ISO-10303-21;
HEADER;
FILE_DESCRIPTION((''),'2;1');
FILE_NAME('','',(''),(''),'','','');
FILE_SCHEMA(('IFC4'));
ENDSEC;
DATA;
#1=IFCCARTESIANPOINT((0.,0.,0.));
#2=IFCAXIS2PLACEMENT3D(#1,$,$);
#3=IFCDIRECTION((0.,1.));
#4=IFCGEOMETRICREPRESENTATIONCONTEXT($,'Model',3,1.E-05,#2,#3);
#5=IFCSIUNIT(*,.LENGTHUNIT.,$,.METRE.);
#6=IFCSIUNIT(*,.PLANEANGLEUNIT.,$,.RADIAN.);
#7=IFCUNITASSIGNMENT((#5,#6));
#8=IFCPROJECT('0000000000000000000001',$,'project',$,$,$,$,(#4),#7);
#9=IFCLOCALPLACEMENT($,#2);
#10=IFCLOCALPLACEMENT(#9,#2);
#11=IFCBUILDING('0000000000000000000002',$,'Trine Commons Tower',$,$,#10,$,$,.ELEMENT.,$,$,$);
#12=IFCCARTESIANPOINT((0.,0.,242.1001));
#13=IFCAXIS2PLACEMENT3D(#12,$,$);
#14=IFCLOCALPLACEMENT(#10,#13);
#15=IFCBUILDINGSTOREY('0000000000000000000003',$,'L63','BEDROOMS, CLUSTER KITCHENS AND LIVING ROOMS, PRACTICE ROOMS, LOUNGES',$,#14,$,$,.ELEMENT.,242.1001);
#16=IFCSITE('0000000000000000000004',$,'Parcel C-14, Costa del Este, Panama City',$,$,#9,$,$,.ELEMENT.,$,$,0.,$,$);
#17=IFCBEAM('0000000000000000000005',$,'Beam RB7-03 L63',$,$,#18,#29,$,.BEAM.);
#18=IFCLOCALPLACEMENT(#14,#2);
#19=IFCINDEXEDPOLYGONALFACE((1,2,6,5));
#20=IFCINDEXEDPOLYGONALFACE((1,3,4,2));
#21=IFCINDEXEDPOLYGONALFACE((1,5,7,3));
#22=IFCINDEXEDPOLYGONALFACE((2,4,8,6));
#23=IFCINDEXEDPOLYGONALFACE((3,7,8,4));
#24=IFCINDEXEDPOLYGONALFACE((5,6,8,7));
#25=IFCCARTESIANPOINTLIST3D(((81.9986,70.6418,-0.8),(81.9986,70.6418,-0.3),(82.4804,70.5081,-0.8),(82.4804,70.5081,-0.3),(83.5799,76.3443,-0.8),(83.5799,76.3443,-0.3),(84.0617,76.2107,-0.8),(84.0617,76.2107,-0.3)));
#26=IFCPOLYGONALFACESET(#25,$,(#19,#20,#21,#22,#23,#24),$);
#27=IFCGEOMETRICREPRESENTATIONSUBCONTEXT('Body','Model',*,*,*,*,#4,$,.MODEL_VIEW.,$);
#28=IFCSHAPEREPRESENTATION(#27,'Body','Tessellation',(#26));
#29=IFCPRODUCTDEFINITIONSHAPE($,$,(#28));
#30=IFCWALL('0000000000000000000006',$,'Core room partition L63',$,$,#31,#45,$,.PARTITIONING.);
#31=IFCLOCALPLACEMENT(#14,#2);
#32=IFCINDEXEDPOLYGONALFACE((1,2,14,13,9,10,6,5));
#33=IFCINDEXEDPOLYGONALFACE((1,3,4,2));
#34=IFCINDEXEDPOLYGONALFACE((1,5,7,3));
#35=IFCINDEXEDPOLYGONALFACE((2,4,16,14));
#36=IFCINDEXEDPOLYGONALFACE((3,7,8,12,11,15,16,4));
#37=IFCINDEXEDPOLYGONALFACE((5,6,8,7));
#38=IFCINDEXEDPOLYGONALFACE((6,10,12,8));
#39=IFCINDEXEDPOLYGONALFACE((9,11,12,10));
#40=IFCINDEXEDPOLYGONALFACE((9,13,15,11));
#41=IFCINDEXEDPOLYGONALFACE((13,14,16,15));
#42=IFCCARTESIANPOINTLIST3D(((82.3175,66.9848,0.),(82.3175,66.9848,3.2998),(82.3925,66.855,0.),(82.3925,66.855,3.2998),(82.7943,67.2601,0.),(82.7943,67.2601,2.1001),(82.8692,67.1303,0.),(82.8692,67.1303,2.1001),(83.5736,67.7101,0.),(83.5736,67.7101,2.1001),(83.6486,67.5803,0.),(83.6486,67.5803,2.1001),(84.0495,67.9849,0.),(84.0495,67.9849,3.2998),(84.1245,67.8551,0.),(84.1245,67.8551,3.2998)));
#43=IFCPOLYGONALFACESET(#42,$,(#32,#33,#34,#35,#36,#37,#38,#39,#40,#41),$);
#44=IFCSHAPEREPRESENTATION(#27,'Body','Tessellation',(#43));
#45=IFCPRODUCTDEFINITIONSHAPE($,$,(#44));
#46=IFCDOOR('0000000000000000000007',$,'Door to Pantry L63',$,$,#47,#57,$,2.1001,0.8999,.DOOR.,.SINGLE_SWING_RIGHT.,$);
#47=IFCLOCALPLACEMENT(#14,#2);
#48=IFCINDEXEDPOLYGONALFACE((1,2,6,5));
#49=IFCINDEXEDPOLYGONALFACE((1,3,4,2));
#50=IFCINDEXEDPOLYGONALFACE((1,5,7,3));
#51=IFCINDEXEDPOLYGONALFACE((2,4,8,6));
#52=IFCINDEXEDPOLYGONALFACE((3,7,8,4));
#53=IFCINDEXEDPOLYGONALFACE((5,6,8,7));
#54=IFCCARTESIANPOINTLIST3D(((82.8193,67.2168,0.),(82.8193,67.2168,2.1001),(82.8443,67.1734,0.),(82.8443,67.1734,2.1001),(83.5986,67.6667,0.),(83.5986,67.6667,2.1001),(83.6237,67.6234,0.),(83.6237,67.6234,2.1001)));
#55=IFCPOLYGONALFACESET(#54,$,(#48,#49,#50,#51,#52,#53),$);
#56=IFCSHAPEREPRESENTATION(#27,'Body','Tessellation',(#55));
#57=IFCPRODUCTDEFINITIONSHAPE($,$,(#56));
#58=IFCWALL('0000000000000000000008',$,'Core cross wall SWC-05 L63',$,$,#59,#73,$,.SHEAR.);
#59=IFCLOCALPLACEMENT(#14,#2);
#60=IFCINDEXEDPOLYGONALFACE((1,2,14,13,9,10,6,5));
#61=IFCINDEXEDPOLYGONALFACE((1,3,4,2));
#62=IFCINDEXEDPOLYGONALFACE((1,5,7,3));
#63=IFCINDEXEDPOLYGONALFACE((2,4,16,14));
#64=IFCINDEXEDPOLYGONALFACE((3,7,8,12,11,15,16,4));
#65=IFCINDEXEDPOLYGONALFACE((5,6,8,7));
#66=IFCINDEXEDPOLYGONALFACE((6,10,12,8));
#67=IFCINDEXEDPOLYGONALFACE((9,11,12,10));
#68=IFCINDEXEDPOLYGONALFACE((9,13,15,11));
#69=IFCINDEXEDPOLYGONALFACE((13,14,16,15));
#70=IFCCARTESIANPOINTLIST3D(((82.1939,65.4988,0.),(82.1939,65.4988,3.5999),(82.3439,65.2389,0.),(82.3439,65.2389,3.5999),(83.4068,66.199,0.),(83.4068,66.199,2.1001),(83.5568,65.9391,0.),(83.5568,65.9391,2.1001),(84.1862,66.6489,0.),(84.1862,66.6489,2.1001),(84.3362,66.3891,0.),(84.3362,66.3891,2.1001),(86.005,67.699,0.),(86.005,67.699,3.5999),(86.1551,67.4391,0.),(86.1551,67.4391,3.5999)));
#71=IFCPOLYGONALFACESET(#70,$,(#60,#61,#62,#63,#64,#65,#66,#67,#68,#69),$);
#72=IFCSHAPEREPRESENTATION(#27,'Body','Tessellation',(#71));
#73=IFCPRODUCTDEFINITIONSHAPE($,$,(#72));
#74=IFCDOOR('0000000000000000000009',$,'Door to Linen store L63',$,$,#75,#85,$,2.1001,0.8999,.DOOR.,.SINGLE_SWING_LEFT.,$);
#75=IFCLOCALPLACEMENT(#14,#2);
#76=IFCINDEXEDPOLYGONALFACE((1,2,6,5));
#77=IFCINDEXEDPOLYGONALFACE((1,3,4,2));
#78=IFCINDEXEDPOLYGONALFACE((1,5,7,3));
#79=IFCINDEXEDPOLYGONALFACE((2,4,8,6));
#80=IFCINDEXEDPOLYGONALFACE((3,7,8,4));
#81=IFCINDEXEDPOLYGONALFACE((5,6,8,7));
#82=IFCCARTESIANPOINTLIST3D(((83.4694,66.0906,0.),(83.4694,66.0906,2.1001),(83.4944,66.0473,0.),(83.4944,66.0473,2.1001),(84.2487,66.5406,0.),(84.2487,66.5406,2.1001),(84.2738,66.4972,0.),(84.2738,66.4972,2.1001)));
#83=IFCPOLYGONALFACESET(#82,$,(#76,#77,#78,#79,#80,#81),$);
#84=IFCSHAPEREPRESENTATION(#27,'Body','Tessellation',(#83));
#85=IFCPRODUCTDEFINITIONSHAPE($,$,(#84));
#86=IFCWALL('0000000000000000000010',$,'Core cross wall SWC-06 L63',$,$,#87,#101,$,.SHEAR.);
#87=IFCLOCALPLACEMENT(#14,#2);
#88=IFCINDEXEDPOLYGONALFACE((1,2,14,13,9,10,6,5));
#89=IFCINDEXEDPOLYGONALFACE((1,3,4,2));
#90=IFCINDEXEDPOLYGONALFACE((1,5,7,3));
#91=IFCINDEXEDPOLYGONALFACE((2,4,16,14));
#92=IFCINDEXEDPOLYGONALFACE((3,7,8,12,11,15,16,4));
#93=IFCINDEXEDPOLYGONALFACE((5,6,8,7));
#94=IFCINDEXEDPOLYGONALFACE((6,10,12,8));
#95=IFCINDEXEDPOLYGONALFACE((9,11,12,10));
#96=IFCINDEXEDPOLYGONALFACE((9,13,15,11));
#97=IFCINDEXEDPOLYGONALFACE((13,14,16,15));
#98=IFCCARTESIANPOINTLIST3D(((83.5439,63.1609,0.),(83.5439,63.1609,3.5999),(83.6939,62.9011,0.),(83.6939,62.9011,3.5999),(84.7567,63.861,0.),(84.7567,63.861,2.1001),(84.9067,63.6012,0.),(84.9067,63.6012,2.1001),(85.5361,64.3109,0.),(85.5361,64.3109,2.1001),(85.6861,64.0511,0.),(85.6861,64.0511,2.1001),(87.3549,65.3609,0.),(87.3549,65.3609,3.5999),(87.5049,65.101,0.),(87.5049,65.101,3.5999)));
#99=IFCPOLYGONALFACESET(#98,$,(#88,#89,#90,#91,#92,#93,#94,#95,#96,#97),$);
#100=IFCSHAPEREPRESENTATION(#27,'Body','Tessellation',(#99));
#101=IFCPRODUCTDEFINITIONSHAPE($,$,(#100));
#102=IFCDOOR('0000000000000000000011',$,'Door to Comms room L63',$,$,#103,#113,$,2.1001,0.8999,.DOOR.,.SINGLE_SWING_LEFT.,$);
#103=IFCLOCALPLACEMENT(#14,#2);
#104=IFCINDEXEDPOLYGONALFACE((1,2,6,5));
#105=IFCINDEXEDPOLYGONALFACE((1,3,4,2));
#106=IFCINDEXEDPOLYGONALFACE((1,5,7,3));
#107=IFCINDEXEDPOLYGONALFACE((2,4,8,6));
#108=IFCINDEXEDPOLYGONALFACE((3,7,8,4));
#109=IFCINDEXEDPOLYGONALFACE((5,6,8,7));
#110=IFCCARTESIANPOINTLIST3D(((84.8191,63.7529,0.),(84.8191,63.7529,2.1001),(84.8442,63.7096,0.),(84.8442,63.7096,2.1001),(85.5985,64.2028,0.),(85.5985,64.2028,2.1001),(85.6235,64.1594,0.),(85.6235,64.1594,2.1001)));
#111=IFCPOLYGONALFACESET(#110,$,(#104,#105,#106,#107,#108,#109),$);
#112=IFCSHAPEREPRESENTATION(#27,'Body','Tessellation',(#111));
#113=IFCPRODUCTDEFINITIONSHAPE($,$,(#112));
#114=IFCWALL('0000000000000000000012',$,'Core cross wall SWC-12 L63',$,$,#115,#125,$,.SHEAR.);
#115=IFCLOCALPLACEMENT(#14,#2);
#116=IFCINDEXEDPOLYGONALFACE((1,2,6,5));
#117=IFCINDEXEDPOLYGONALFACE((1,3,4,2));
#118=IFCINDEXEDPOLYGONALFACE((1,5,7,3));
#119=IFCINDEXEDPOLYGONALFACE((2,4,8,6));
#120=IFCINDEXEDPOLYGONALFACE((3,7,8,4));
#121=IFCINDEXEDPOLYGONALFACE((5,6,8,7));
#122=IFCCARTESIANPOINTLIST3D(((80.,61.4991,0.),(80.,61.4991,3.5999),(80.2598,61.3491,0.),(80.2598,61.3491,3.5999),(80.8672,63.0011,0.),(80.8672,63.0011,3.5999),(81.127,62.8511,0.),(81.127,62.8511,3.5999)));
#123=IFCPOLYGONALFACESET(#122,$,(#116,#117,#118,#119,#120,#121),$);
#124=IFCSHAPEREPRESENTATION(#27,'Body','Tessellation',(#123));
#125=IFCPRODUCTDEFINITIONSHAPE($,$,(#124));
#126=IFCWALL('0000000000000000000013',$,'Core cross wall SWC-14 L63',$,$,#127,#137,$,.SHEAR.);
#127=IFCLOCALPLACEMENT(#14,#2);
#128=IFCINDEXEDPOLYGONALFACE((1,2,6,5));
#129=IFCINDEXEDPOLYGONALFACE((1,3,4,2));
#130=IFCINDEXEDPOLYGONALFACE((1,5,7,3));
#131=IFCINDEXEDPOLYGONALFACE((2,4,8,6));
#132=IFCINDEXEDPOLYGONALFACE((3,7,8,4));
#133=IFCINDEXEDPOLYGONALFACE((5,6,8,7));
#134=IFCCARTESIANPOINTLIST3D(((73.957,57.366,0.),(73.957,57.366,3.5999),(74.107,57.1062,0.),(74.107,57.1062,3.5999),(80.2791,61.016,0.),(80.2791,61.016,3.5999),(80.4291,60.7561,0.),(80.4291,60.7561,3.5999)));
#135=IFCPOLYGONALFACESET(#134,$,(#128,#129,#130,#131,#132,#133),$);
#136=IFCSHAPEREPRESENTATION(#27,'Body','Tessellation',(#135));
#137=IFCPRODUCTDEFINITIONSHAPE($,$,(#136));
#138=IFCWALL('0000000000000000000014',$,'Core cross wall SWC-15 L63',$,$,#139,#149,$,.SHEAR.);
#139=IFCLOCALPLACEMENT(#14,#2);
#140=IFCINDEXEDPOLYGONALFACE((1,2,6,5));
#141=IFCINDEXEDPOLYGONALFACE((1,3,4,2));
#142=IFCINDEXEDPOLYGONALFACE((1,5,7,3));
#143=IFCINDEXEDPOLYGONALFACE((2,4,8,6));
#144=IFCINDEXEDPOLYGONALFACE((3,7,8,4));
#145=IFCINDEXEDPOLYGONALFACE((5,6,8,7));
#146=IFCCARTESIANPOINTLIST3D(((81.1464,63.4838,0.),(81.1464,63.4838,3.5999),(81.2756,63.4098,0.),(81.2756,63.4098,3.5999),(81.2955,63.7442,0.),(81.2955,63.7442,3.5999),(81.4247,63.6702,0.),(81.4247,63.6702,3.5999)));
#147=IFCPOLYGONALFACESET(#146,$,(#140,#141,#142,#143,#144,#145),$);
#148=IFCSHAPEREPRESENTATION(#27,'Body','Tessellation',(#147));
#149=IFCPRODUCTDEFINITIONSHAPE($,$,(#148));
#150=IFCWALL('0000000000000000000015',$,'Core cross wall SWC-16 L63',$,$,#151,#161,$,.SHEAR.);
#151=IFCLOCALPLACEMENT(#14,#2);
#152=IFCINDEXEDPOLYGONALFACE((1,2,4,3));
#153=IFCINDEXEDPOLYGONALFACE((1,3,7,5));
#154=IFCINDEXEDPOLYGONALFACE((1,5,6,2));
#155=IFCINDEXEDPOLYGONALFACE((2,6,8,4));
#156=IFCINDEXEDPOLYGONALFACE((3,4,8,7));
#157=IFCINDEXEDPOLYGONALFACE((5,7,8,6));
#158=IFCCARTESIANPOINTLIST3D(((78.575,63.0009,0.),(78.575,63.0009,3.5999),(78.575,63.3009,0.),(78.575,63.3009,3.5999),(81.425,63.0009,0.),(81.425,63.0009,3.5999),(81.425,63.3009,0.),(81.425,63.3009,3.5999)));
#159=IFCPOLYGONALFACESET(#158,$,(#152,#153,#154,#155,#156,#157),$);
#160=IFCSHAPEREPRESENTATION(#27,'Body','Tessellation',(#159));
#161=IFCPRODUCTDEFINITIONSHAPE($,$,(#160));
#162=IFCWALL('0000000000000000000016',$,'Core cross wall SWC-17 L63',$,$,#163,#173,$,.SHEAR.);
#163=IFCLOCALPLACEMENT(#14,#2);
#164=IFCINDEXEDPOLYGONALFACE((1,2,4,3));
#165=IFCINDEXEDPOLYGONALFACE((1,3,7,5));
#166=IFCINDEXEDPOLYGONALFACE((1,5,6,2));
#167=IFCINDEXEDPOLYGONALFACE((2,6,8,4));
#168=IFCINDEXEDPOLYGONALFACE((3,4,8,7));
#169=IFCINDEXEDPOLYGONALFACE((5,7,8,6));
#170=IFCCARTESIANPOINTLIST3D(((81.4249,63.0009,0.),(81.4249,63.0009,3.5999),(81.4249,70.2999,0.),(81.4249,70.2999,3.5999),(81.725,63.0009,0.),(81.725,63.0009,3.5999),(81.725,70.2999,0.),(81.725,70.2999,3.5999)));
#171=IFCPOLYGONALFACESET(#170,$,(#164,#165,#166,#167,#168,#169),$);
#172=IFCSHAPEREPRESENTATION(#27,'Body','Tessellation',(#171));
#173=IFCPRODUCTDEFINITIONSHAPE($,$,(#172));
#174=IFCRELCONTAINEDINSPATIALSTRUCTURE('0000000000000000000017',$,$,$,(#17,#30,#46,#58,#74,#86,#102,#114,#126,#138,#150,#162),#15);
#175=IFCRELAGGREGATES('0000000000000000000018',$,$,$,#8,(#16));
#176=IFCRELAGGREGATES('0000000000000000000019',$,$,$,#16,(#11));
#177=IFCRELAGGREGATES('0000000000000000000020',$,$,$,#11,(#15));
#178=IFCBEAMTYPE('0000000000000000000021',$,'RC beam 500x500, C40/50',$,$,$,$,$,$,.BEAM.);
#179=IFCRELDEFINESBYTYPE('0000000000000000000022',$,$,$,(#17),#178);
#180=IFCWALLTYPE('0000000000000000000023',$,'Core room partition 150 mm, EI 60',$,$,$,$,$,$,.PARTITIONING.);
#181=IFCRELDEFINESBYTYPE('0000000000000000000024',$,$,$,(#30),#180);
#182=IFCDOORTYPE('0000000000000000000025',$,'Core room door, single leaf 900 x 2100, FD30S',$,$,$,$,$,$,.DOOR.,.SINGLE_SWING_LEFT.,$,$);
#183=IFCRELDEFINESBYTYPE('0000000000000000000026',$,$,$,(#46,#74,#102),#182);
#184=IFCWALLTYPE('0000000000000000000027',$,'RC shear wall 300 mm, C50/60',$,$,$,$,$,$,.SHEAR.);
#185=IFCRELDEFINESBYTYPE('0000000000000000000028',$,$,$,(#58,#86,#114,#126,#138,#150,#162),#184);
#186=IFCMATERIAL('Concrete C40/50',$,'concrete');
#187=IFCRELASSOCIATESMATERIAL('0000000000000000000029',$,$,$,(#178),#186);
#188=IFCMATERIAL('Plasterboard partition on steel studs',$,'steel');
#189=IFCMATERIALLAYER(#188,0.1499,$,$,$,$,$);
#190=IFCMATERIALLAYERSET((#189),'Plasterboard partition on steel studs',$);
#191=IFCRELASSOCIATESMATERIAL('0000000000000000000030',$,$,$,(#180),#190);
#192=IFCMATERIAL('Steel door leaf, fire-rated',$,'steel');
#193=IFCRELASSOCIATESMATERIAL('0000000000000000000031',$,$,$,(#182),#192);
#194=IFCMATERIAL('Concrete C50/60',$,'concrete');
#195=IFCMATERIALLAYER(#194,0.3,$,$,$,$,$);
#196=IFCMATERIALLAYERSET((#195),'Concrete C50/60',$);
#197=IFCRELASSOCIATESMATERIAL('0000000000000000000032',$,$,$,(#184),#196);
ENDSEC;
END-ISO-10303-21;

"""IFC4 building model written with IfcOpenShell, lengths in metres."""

from ifc_helpers import new_model, si_unit, direction, frame, frame_2d, origin, origin_2d, place, context, subcontext, project, spatial, rectangle, extrude, material, layer, layer_set, material_profile, profile_set, type_object, element, fill, save


model = new_model("IFC4")

# Units and contexts
model_context = context("Model", 3, precision=1e-05, world=origin(), true_north=direction((0.0, 1.0)))
body_context = subcontext(model_context, "Body", "Model", "MODEL_VIEW")
ifc_project = project(units=[si_unit("LENGTHUNIT", "METRE"), si_unit("PLANEANGLEUNIT", "RADIAN")], contexts=[model_context])

# Site, building, storey
site_placement = place(None, origin())
site = spatial("IfcSite", under=ifc_project, at=site_placement, Name="Parcel C-14, Costa del Este, Panama City", CompositionType="ELEMENT", RefElevation=0.0)
building_placement = place(site_placement, origin())
building = spatial("IfcBuilding", under=site, at=building_placement, Name="Trine Commons Tower", CompositionType="ELEMENT")
storey_placement = place(building_placement, frame((0.0, 0.0, 242.1001)))
storey = spatial("IfcBuildingStorey", under=building, at=storey_placement, Name="L63", Description="BEDROOMS, CLUSTER KITCHENS AND LIVING ROOMS, PRACTICE ROOMS, LOUNGES", CompositionType="ELEMENT", Elevation=242.1001)

# Beam
ifc_material_1 = material(Name="Concrete C40/50", Category="concrete")
ifc_material_profile = material_profile(ifc_material_1, rectangle(XDim=0.5, YDim=0.5, at=origin_2d()), Name="RC 500x500")
ifc_profile_set = profile_set([ifc_material_profile], Name="Concrete C40/50")
beam_type = type_object("IfcBeamType", Name="RC beam 500x500, C40/50", PredefinedType="BEAM", material=ifc_profile_set)
beam_placement = place(storey_placement, frame((82.2395, 70.575, -0.55), z_axis=(0.26721, 0.963638, 0.0), x_axis=(-0.963638, 0.26721, 0.0)))
element("IfcBeam", 1, at=beam_placement, inside=storey, type_object=beam_type, Name="Beam RB7-03 L63", PredefinedType="BEAM", context=body_context, shape_type="SweptSolid", body=[
    extrude(rectangle(XDim=0.5, YDim=0.5, at=origin_2d()), origin(), (0.0, 0.0, 1.0), 5.9177),
])

# Walls, openings, doors
ifc_material_2 = material(Name="Plasterboard partition on steel studs", Category="steel")
ifc_layer_1 = layer(ifc_material_2, 0.1499)
ifc_layer_set_1 = layer_set([ifc_layer_1], Name="Plasterboard partition on steel studs")
wall_type_1 = type_object("IfcWallType", Name="Core room partition 150 mm, EI 60", PredefinedType="PARTITIONING", material=ifc_layer_set_1)
wall_1_placement = place(storey_placement, frame((82.355, 66.9199, 0.0), z_axis=(0.0, 0.0, 1.0), x_axis=(0.866011, 0.500025, 0.0)))
wall_1 = element("IfcWall", 2, at=wall_1_placement, inside=storey, type_object=wall_type_1, Name="Core room partition L63", PredefinedType="PARTITIONING", context=body_context, shape_type="SweptSolid", body=[
    extrude(rectangle(XDim=2.0, YDim=0.1499, at=frame_2d((1.0, 0.0))), origin(), (0.0, 0.0, 1.0), 3.2998),
])
opening_1_placement = place(wall_1_placement, frame((0.5505, 0.0, 0.0)))
opening_1 = element("IfcOpeningElement", 3, at=opening_1_placement, cuts=wall_1, PredefinedType="OPENING", context=body_context, shape_type="SweptSolid", body=[
    extrude(rectangle(XDim=0.8999, YDim=2.1001, at=frame_2d((0.45, 1.05))), frame((0.0, 0.085, 0.0), z_axis=(0.0, -1.0, 0.0), x_axis=(1.0, 0.0, 0.0)), (0.0, 0.0, 1.0), 0.1699),
])
ifc_material_3 = material(Name="Steel door leaf, fire-rated", Category="steel")
door_type = type_object("IfcDoorType", Name="Core room door, single leaf 900 x 2100, FD30S", OperationType="SINGLE_SWING_LEFT", PredefinedType="DOOR", material=ifc_material_3)
door_1_placement = place(opening_1_placement, origin())
door_1 = element("IfcDoor", 4, at=door_1_placement, inside=storey, type_object=door_type, Name="Door to Pantry L63", OperationType="SINGLE_SWING_RIGHT", OverallHeight=2.1001, OverallWidth=0.8999, PredefinedType="DOOR", context=body_context, shape_type="SweptSolid", body=[
    extrude(rectangle(XDim=0.8999, YDim=2.1001, at=frame_2d((0.45, 1.05))), frame((0.0, 0.0249, 0.0), z_axis=(0.0, -1.0, 0.0), x_axis=(1.0, 0.0, 0.0)), (0.0, 0.0, 1.0), 0.05),
])
fill(opening_1, door_1)
ifc_material_4 = material(Name="Concrete C50/60", Category="concrete")
ifc_layer_2 = layer(ifc_material_4, 0.3)
ifc_layer_set_2 = layer_set([ifc_layer_2], Name="Concrete C50/60")
wall_type_2 = type_object("IfcWallType", Name="RC shear wall 300 mm, C50/60", PredefinedType="SHEAR", material=ifc_layer_set_2)
wall_2_placement = place(storey_placement, frame((82.269, 65.3689, 0.0), z_axis=(0.0, 0.0, 1.0), x_axis=(0.866036, 0.499982, 0.0)))
wall_2 = element("IfcWall", 5, at=wall_2_placement, inside=storey, type_object=wall_type_2, Name="Core cross wall SWC-05 L63", PredefinedType="SHEAR", context=body_context, shape_type="SweptSolid", body=[
    extrude(rectangle(XDim=4.4006, YDim=0.3, at=frame_2d((2.2002, 0.0))), origin(), (0.0, 0.0, 1.0), 3.5999),
])
opening_2_placement = place(wall_2_placement, frame((1.4004, 0.0, 0.0)))
opening_2 = element("IfcOpeningElement", 6, at=opening_2_placement, cuts=wall_2, PredefinedType="OPENING", context=body_context, shape_type="SweptSolid", body=[
    extrude(rectangle(XDim=0.8999, YDim=2.1001, at=frame_2d((0.45, 1.05))), frame((0.0, 0.1599, 0.0), z_axis=(0.0, -1.0, 0.0), x_axis=(1.0, 0.0, 0.0)), (0.0, 0.0, 1.0), 0.3201),
])
door_2_placement = place(opening_2_placement, origin())
door_2 = element("IfcDoor", 7, at=door_2_placement, inside=storey, type_object=door_type, Name="Door to Linen store L63", OperationType="SINGLE_SWING_LEFT", OverallHeight=2.1001, OverallWidth=0.8999, PredefinedType="DOOR", context=body_context, shape_type="SweptSolid", body=[
    extrude(rectangle(XDim=0.8999, YDim=2.1001, at=frame_2d((0.45, 1.05))), frame((0.0, 0.0249, 0.0), z_axis=(0.0, -1.0, 0.0), x_axis=(1.0, 0.0, 0.0)), (0.0, 0.0, 1.0), 0.05),
])
fill(opening_2, door_2)
wall_3_placement = place(storey_placement, frame((83.6189, 63.031, 0.0), z_axis=(0.0, 0.0, 1.0), x_axis=(0.86606, 0.49994, 0.0)))
wall_3 = element("IfcWall", 8, at=wall_3_placement, inside=storey, type_object=wall_type_2, Name="Core cross wall SWC-06 L63", PredefinedType="SHEAR", context=body_context, shape_type="SweptSolid", body=[
    extrude(rectangle(XDim=4.4004, YDim=0.3, at=frame_2d((2.2002, 0.0))), origin(), (0.0, 0.0, 1.0), 3.5999),
])
opening_3_placement = place(wall_3_placement, frame((1.4004, 0.0, 0.0)))
opening_3 = element("IfcOpeningElement", 9, at=opening_3_placement, cuts=wall_3, PredefinedType="OPENING", context=body_context, shape_type="SweptSolid", body=[
    extrude(rectangle(XDim=0.8999, YDim=2.1001, at=frame_2d((0.45, 1.05))), frame((0.0, 0.1599, 0.0), z_axis=(0.0, -1.0, 0.0), x_axis=(1.0, 0.0, 0.0)), (0.0, 0.0, 1.0), 0.3201),
])
door_3_placement = place(opening_3_placement, frame((0.8999, 0.0, 0.0), z_axis=(0.0, 0.0, 1.0), x_axis=(-1.0, 0.0, 0.0)))
door_3 = element("IfcDoor", 10, at=door_3_placement, inside=storey, type_object=door_type, Name="Door to Comms room L63", OperationType="SINGLE_SWING_LEFT", OverallHeight=2.1001, OverallWidth=0.8999, PredefinedType="DOOR", context=body_context, shape_type="SweptSolid", body=[
    extrude(rectangle(XDim=0.8999, YDim=2.1001, at=frame_2d((0.45, 1.05))), frame((0.0, 0.0249, 0.0), z_axis=(0.0, -1.0, 0.0), x_axis=(1.0, 0.0, 0.0)), (0.0, 0.0, 1.0), 0.05),
])
fill(opening_3, door_3)

# Walls
wall_4_placement = place(storey_placement, frame((80.1299, 61.4241, 0.0), z_axis=(0.0, 0.0, 1.0), x_axis=(0.500015, 0.866017, 0.0)))
element("IfcWall", 11, at=wall_4_placement, inside=storey, type_object=wall_type_2, Name="Core cross wall SWC-12 L63", PredefinedType="SHEAR", context=body_context, shape_type="SweptSolid", body=[
    extrude(rectangle(XDim=1.7344, YDim=0.3, at=frame_2d((0.8672, 0.0))), origin(), (0.0, 0.0, 1.0), 3.5999),
])
wall_5_placement = place(storey_placement, frame((80.354, 60.886, 0.0), z_axis=(0.0, 0.0, 1.0), x_axis=(-0.866032, -0.499988, 0.0)))
element("IfcWall", 12, at=wall_5_placement, inside=storey, type_object=wall_type_2, Name="Core cross wall SWC-14 L63", PredefinedType="SHEAR", context=body_context, shape_type="SweptSolid", body=[
    extrude(rectangle(XDim=7.3, YDim=0.3, at=frame_2d((3.6499, 0.0))), origin(), (0.0, 0.0, 1.0), 3.5999),
])
wall_6_placement = place(storey_placement, frame((81.2209, 63.614, 0.0), z_axis=(0.0, 0.0, 1.0), x_axis=(0.867738, -0.497022, 0.0)))
element("IfcWall", 13, at=wall_6_placement, inside=storey, type_object=wall_type_2, Name="Core cross wall SWC-15 L63", PredefinedType="SHEAR", context=body_context, shape_type="SweptSolid", body=[
    extrude(rectangle(XDim=0.1489, YDim=0.3, at=frame_2d((0.0745, 0.0))), origin(), (0.0, 0.0, 1.0), 3.5999),
])
wall_7_placement = place(storey_placement, frame((81.425, 63.1509, 0.0), z_axis=(0.0, 0.0, 1.0), x_axis=(-1.0, 0.0, 0.0)))
element("IfcWall", 14, at=wall_7_placement, inside=storey, type_object=wall_type_2, Name="Core cross wall SWC-16 L63", PredefinedType="SHEAR", context=body_context, shape_type="SweptSolid", body=[
    extrude(rectangle(XDim=2.8501, YDim=0.3, at=frame_2d((1.425, 0.0))), origin(), (0.0, 0.0, 1.0), 3.5999),
])
wall_8_placement = place(storey_placement, frame((81.575, 63.001, 0.0), z_axis=(0.0, 0.0, 1.0), x_axis=(0.0, 1.0, 0.0)))
element("IfcWall", 15, at=wall_8_placement, inside=storey, type_object=wall_type_2, Name="Core cross wall SWC-17 L63", PredefinedType="SHEAR", context=body_context, shape_type="SweptSolid", body=[
    extrude(rectangle(XDim=7.2991, YDim=0.3, at=frame_2d((3.6494, 0.0))), origin(), (0.0, 0.0, 1.0), 3.5999),
])

save(model, "model.ifc")
